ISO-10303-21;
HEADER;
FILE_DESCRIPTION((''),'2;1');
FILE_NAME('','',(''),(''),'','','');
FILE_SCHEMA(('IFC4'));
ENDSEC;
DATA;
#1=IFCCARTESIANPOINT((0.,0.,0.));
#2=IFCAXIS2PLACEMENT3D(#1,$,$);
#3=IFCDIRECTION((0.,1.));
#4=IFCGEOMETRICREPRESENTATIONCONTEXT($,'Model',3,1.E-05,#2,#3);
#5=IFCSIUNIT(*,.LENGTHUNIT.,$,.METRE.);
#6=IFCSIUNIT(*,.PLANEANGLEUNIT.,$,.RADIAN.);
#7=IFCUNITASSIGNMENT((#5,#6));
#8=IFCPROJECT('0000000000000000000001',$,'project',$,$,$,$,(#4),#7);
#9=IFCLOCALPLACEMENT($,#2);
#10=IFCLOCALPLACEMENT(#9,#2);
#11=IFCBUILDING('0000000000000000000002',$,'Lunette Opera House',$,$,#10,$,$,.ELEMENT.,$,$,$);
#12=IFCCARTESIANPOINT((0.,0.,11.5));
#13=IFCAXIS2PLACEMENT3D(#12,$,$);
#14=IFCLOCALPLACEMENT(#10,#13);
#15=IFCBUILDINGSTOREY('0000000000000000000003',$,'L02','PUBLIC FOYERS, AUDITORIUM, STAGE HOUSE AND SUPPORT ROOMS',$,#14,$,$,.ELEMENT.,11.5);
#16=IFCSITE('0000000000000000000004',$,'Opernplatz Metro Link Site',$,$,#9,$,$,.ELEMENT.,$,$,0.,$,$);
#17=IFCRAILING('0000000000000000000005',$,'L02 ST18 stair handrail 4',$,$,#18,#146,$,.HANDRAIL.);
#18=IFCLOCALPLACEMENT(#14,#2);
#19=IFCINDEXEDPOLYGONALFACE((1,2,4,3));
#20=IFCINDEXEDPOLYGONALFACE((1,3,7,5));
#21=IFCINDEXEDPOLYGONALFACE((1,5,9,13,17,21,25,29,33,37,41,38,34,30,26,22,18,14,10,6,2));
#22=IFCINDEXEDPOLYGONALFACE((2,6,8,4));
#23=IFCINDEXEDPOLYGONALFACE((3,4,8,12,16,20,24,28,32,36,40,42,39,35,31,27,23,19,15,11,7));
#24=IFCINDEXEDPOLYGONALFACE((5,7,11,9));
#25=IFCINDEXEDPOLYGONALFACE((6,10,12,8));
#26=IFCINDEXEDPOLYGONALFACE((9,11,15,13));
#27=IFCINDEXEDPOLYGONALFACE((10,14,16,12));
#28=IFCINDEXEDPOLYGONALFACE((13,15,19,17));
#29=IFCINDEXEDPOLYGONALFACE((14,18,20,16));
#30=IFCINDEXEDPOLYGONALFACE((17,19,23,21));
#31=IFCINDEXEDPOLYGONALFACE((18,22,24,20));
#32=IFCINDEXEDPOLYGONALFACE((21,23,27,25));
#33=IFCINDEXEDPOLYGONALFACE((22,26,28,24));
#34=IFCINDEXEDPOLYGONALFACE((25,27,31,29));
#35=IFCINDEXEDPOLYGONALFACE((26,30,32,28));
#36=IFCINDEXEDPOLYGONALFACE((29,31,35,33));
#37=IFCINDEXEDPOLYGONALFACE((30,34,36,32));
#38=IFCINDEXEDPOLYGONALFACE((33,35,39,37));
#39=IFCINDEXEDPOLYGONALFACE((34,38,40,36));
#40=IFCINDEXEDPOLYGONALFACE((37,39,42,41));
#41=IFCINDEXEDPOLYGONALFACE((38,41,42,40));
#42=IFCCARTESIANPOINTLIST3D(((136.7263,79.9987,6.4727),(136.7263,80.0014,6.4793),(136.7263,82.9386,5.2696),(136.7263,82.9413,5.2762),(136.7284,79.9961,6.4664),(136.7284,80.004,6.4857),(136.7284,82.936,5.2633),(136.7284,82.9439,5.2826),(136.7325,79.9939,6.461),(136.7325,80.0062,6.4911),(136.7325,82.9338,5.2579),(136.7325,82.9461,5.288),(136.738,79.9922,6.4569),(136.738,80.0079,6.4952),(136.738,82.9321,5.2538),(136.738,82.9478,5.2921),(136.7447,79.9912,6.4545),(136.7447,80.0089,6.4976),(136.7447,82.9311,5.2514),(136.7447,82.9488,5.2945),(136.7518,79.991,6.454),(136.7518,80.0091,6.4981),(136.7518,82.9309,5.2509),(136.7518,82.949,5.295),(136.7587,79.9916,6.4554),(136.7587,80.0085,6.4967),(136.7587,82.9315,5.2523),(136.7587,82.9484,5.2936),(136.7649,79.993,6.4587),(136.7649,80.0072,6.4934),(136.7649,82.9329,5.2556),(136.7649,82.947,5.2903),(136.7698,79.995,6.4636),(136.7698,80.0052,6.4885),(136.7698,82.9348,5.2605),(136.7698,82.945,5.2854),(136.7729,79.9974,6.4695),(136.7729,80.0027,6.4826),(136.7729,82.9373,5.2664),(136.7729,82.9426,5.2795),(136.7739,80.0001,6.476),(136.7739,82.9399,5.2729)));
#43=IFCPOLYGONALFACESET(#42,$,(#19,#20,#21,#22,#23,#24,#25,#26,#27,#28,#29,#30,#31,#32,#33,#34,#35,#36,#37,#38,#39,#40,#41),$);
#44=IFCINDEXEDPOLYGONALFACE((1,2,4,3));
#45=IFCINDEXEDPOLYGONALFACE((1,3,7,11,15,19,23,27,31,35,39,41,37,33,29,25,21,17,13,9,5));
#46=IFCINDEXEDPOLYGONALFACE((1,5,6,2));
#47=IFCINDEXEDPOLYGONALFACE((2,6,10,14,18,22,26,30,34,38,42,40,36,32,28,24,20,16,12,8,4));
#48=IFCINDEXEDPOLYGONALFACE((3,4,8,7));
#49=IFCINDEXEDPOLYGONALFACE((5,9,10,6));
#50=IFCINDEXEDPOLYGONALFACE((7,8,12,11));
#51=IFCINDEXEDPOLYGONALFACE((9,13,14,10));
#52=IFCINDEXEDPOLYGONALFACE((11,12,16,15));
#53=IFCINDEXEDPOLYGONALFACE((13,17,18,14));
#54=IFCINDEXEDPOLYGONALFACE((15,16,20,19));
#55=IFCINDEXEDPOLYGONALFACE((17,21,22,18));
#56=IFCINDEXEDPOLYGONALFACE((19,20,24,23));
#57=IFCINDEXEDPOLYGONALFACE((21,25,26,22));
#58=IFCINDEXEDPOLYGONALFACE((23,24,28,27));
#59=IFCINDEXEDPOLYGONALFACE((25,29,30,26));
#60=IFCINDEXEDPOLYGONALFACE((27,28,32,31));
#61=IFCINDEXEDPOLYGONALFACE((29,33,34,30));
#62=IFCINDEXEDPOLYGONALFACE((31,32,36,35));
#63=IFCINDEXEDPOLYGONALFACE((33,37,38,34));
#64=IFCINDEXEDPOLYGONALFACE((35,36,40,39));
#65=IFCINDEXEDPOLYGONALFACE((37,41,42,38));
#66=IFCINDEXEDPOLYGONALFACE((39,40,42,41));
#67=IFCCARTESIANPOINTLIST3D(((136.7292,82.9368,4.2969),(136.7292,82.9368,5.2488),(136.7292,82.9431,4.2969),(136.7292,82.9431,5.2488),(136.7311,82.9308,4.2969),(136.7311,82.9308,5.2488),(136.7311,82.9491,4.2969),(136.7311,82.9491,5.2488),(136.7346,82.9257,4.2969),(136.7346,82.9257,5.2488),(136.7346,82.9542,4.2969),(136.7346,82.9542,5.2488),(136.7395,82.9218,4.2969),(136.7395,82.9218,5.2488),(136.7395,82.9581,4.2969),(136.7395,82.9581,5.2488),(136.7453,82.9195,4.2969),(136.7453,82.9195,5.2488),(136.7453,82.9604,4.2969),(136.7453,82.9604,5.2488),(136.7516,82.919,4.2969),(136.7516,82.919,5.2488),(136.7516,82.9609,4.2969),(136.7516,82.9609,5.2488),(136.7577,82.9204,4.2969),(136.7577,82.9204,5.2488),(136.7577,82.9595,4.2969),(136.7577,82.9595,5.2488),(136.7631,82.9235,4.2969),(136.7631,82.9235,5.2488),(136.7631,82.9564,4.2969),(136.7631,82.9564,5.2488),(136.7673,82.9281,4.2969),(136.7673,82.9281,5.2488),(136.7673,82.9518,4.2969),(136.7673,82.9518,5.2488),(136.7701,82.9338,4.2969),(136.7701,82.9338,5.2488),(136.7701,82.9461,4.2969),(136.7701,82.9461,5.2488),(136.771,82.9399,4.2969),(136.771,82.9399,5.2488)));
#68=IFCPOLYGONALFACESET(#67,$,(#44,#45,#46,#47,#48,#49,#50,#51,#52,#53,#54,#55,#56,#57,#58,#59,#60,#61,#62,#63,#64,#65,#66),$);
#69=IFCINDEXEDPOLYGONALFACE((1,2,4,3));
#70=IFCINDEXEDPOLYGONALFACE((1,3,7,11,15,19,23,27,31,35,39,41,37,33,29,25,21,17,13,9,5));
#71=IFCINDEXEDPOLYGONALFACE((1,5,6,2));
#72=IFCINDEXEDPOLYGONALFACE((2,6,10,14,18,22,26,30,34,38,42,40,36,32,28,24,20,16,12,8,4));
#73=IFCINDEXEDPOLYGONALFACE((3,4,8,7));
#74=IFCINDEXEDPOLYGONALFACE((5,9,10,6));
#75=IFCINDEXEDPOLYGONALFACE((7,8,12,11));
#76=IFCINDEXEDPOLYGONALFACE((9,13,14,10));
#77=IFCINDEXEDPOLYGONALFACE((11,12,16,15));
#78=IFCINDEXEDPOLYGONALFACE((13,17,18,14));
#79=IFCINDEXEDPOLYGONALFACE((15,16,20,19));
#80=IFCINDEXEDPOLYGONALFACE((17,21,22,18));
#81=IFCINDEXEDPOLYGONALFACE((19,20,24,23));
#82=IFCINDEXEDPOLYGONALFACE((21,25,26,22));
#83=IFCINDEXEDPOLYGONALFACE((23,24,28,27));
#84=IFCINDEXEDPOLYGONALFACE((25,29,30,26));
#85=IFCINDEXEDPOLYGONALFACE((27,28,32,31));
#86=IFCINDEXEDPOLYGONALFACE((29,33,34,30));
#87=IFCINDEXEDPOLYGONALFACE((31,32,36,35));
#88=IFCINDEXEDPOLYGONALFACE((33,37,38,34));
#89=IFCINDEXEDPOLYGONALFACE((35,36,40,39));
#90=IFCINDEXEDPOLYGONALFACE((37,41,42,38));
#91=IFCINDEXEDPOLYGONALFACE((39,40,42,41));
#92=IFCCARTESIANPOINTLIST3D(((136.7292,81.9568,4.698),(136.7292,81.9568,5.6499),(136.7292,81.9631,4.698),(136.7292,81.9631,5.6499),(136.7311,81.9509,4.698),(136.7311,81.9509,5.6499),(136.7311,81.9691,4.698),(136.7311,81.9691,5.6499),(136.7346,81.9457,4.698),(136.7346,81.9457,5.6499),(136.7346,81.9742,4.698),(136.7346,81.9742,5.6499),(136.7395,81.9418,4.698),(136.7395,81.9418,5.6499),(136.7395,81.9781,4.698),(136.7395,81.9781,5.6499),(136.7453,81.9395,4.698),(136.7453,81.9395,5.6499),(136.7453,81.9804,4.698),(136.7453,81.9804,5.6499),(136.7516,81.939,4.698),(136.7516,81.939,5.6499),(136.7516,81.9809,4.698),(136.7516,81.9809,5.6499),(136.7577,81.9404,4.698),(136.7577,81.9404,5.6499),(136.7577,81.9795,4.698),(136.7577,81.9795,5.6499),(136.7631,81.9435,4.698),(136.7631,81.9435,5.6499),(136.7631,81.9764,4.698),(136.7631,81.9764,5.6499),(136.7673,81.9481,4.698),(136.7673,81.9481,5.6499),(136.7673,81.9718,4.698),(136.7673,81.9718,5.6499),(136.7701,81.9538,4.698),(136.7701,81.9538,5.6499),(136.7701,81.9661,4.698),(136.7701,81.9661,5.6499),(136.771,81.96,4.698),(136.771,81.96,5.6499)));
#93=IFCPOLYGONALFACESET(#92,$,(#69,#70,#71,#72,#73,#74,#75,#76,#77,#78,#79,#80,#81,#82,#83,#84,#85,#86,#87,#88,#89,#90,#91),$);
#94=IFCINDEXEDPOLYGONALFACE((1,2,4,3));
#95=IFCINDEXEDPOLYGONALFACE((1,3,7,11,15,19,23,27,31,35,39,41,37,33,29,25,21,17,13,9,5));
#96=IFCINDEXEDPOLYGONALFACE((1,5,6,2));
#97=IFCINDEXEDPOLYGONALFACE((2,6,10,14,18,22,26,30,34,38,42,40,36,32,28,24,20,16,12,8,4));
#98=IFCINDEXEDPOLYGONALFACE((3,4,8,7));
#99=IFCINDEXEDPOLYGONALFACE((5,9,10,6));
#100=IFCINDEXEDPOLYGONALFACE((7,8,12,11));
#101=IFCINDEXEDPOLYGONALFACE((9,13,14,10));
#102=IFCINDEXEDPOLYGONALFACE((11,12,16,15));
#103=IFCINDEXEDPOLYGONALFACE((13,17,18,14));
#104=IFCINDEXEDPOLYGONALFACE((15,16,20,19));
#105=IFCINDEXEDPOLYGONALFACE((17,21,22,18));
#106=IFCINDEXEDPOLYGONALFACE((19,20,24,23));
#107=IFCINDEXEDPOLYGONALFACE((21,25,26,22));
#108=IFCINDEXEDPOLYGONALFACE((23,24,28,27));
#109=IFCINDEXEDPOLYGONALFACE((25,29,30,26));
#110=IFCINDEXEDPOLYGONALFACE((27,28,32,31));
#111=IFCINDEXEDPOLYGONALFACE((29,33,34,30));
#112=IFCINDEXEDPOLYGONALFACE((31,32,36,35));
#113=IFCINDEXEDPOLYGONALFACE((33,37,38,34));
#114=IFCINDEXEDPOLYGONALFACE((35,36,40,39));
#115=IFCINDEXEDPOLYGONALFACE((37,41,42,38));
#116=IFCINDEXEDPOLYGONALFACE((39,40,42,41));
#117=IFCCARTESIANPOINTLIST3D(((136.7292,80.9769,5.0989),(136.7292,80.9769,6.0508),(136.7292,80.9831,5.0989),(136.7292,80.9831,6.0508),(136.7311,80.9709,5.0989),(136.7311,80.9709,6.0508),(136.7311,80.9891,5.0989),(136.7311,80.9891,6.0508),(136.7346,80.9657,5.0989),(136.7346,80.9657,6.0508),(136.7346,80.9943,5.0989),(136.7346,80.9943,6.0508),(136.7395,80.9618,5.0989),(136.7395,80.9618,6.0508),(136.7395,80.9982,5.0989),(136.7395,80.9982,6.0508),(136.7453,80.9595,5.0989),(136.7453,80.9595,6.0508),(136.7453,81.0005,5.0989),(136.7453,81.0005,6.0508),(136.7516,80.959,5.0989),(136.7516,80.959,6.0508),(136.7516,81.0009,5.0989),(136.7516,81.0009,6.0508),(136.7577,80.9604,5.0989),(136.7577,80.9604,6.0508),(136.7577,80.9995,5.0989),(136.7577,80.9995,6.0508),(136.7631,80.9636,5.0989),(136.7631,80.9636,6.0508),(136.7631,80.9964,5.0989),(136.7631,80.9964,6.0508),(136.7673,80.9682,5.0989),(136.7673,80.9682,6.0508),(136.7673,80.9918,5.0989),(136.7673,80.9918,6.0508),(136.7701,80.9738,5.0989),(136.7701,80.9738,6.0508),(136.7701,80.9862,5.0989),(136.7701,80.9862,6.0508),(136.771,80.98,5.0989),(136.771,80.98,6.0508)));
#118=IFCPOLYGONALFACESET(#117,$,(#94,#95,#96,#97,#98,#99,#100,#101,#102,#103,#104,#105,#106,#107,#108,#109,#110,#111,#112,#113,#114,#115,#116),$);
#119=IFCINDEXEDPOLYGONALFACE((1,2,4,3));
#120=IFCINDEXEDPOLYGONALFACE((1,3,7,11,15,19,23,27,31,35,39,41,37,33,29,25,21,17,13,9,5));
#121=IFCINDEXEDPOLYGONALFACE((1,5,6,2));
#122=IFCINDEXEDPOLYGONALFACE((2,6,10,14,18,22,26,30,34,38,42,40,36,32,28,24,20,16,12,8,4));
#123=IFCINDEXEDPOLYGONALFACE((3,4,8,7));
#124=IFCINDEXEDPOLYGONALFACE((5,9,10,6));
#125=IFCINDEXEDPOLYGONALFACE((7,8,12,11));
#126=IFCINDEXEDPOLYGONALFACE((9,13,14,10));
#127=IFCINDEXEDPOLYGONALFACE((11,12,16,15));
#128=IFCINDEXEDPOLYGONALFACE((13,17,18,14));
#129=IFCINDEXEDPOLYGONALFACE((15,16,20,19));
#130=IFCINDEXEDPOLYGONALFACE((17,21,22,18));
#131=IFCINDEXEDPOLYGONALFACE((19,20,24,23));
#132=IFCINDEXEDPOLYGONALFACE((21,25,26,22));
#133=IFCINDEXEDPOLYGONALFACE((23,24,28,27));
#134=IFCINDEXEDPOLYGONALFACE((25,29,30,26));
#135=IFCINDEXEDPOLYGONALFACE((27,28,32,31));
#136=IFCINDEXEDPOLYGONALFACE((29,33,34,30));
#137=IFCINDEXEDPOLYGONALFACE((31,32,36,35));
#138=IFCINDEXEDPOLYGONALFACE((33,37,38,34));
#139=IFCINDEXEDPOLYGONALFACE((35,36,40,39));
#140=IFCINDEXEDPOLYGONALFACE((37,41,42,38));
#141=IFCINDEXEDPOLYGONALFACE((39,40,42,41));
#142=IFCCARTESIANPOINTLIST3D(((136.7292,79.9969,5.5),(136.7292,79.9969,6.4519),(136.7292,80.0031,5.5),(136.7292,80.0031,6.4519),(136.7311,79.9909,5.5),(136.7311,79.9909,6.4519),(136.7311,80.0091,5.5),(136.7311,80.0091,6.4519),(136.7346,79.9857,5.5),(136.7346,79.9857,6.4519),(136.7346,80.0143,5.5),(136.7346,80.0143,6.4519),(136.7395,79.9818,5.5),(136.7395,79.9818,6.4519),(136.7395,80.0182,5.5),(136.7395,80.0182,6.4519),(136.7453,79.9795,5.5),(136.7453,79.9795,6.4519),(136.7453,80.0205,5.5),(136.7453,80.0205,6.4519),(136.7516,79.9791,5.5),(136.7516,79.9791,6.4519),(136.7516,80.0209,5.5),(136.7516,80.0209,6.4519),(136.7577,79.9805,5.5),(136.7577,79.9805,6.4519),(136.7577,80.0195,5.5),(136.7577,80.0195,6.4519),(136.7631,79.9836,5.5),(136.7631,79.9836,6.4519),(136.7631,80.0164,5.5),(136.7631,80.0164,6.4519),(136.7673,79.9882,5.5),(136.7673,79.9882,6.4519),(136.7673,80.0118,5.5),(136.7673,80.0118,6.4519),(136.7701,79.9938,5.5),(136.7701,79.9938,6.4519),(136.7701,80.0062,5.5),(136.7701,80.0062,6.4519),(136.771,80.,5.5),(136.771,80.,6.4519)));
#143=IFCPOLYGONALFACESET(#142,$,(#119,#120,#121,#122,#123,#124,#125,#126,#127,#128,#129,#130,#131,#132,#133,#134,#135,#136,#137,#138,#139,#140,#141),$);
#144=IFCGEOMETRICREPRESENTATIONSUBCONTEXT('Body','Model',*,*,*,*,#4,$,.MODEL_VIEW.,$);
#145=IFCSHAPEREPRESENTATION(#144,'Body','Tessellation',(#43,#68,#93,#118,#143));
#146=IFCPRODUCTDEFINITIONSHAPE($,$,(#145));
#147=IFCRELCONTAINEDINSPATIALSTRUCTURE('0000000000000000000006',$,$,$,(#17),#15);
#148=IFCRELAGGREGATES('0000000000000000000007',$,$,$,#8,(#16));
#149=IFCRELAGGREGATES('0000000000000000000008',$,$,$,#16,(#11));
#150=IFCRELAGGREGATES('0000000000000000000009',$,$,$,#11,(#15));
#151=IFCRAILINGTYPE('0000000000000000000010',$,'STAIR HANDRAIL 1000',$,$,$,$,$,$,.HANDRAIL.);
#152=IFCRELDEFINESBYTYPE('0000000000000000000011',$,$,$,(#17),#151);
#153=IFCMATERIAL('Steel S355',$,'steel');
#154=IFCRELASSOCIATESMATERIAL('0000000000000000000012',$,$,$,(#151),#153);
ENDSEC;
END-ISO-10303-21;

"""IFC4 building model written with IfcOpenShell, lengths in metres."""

from ifc_helpers import new_model, si_unit, direction, frame, origin, origin_2d, place, context, subcontext, project, spatial, circle, extrude, material, type_object, element, save


model = new_model("IFC4")

# Units and contexts
model_context = context("Model", 3, precision=1e-05, world=origin(), true_north=direction((0.0, 1.0)))
body_context = subcontext(model_context, "Body", "Model", "MODEL_VIEW")
ifc_project = project(units=[si_unit("LENGTHUNIT", "METRE"), si_unit("PLANEANGLEUNIT", "RADIAN")], contexts=[model_context])

# Site, building, storey
site_placement = place(None, origin())
site = spatial("IfcSite", under=ifc_project, at=site_placement, Name="Opernplatz Metro Link Site", CompositionType="ELEMENT", RefElevation=0.0)
building_placement = place(site_placement, origin())
building = spatial("IfcBuilding", under=site, at=building_placement, Name="Lunette Opera House", CompositionType="ELEMENT")
storey_placement = place(building_placement, frame((0.0, 0.0, 11.5)))
storey = spatial("IfcBuildingStorey", under=building, at=storey_placement, Name="L02", Description="PUBLIC FOYERS, AUDITORIUM, STAGE HOUSE AND SUPPORT ROOMS", CompositionType="ELEMENT", Elevation=11.5)

# Railing
ifc_material_1 = material(Name="Steel S355", Category="steel")
railing_type_1 = type_object("IfcRailingType", Name="STAIR HANDRAIL 1000", PredefinedType="HANDRAIL", material=ifc_material_1)
railing_1_placement = place(storey_placement, frame((136.75, 82.9399, 4.2969)))
element("IfcRailing", 1, at=railing_1_placement, inside=storey, type_object=railing_type_1, Name="L02 ST18 stair handrail 4", PredefinedType="HANDRAIL", context=body_context, shape_type="SweptSolid", body=[
    extrude(circle(Radius=0.0239, at=origin_2d()), frame((0.0, 0.0, 0.9761), z_axis=(0.0, -0.9255, 0.378747), x_axis=(1.0, 0.0, 0.0)), (0.0, 0.0, 1.0), 3.1765),
    extrude(circle(Radius=0.021, at=origin_2d()), origin(), (0.0, 0.0, 1.0), 0.9519),
    extrude(circle(Radius=0.021, at=origin_2d()), frame((0.0, -0.98, 0.4011)), (0.0, 0.0, 1.0), 0.9519),
    extrude(circle(Radius=0.021, at=origin_2d()), frame((0.0, -1.96, 0.802)), (0.0, 0.0, 1.0), 0.9519),
    extrude(circle(Radius=0.021, at=origin_2d()), frame((0.0, -2.9399, 1.2031)), (0.0, 0.0, 1.0), 0.9519),
])

save(model, "model.ifc")
